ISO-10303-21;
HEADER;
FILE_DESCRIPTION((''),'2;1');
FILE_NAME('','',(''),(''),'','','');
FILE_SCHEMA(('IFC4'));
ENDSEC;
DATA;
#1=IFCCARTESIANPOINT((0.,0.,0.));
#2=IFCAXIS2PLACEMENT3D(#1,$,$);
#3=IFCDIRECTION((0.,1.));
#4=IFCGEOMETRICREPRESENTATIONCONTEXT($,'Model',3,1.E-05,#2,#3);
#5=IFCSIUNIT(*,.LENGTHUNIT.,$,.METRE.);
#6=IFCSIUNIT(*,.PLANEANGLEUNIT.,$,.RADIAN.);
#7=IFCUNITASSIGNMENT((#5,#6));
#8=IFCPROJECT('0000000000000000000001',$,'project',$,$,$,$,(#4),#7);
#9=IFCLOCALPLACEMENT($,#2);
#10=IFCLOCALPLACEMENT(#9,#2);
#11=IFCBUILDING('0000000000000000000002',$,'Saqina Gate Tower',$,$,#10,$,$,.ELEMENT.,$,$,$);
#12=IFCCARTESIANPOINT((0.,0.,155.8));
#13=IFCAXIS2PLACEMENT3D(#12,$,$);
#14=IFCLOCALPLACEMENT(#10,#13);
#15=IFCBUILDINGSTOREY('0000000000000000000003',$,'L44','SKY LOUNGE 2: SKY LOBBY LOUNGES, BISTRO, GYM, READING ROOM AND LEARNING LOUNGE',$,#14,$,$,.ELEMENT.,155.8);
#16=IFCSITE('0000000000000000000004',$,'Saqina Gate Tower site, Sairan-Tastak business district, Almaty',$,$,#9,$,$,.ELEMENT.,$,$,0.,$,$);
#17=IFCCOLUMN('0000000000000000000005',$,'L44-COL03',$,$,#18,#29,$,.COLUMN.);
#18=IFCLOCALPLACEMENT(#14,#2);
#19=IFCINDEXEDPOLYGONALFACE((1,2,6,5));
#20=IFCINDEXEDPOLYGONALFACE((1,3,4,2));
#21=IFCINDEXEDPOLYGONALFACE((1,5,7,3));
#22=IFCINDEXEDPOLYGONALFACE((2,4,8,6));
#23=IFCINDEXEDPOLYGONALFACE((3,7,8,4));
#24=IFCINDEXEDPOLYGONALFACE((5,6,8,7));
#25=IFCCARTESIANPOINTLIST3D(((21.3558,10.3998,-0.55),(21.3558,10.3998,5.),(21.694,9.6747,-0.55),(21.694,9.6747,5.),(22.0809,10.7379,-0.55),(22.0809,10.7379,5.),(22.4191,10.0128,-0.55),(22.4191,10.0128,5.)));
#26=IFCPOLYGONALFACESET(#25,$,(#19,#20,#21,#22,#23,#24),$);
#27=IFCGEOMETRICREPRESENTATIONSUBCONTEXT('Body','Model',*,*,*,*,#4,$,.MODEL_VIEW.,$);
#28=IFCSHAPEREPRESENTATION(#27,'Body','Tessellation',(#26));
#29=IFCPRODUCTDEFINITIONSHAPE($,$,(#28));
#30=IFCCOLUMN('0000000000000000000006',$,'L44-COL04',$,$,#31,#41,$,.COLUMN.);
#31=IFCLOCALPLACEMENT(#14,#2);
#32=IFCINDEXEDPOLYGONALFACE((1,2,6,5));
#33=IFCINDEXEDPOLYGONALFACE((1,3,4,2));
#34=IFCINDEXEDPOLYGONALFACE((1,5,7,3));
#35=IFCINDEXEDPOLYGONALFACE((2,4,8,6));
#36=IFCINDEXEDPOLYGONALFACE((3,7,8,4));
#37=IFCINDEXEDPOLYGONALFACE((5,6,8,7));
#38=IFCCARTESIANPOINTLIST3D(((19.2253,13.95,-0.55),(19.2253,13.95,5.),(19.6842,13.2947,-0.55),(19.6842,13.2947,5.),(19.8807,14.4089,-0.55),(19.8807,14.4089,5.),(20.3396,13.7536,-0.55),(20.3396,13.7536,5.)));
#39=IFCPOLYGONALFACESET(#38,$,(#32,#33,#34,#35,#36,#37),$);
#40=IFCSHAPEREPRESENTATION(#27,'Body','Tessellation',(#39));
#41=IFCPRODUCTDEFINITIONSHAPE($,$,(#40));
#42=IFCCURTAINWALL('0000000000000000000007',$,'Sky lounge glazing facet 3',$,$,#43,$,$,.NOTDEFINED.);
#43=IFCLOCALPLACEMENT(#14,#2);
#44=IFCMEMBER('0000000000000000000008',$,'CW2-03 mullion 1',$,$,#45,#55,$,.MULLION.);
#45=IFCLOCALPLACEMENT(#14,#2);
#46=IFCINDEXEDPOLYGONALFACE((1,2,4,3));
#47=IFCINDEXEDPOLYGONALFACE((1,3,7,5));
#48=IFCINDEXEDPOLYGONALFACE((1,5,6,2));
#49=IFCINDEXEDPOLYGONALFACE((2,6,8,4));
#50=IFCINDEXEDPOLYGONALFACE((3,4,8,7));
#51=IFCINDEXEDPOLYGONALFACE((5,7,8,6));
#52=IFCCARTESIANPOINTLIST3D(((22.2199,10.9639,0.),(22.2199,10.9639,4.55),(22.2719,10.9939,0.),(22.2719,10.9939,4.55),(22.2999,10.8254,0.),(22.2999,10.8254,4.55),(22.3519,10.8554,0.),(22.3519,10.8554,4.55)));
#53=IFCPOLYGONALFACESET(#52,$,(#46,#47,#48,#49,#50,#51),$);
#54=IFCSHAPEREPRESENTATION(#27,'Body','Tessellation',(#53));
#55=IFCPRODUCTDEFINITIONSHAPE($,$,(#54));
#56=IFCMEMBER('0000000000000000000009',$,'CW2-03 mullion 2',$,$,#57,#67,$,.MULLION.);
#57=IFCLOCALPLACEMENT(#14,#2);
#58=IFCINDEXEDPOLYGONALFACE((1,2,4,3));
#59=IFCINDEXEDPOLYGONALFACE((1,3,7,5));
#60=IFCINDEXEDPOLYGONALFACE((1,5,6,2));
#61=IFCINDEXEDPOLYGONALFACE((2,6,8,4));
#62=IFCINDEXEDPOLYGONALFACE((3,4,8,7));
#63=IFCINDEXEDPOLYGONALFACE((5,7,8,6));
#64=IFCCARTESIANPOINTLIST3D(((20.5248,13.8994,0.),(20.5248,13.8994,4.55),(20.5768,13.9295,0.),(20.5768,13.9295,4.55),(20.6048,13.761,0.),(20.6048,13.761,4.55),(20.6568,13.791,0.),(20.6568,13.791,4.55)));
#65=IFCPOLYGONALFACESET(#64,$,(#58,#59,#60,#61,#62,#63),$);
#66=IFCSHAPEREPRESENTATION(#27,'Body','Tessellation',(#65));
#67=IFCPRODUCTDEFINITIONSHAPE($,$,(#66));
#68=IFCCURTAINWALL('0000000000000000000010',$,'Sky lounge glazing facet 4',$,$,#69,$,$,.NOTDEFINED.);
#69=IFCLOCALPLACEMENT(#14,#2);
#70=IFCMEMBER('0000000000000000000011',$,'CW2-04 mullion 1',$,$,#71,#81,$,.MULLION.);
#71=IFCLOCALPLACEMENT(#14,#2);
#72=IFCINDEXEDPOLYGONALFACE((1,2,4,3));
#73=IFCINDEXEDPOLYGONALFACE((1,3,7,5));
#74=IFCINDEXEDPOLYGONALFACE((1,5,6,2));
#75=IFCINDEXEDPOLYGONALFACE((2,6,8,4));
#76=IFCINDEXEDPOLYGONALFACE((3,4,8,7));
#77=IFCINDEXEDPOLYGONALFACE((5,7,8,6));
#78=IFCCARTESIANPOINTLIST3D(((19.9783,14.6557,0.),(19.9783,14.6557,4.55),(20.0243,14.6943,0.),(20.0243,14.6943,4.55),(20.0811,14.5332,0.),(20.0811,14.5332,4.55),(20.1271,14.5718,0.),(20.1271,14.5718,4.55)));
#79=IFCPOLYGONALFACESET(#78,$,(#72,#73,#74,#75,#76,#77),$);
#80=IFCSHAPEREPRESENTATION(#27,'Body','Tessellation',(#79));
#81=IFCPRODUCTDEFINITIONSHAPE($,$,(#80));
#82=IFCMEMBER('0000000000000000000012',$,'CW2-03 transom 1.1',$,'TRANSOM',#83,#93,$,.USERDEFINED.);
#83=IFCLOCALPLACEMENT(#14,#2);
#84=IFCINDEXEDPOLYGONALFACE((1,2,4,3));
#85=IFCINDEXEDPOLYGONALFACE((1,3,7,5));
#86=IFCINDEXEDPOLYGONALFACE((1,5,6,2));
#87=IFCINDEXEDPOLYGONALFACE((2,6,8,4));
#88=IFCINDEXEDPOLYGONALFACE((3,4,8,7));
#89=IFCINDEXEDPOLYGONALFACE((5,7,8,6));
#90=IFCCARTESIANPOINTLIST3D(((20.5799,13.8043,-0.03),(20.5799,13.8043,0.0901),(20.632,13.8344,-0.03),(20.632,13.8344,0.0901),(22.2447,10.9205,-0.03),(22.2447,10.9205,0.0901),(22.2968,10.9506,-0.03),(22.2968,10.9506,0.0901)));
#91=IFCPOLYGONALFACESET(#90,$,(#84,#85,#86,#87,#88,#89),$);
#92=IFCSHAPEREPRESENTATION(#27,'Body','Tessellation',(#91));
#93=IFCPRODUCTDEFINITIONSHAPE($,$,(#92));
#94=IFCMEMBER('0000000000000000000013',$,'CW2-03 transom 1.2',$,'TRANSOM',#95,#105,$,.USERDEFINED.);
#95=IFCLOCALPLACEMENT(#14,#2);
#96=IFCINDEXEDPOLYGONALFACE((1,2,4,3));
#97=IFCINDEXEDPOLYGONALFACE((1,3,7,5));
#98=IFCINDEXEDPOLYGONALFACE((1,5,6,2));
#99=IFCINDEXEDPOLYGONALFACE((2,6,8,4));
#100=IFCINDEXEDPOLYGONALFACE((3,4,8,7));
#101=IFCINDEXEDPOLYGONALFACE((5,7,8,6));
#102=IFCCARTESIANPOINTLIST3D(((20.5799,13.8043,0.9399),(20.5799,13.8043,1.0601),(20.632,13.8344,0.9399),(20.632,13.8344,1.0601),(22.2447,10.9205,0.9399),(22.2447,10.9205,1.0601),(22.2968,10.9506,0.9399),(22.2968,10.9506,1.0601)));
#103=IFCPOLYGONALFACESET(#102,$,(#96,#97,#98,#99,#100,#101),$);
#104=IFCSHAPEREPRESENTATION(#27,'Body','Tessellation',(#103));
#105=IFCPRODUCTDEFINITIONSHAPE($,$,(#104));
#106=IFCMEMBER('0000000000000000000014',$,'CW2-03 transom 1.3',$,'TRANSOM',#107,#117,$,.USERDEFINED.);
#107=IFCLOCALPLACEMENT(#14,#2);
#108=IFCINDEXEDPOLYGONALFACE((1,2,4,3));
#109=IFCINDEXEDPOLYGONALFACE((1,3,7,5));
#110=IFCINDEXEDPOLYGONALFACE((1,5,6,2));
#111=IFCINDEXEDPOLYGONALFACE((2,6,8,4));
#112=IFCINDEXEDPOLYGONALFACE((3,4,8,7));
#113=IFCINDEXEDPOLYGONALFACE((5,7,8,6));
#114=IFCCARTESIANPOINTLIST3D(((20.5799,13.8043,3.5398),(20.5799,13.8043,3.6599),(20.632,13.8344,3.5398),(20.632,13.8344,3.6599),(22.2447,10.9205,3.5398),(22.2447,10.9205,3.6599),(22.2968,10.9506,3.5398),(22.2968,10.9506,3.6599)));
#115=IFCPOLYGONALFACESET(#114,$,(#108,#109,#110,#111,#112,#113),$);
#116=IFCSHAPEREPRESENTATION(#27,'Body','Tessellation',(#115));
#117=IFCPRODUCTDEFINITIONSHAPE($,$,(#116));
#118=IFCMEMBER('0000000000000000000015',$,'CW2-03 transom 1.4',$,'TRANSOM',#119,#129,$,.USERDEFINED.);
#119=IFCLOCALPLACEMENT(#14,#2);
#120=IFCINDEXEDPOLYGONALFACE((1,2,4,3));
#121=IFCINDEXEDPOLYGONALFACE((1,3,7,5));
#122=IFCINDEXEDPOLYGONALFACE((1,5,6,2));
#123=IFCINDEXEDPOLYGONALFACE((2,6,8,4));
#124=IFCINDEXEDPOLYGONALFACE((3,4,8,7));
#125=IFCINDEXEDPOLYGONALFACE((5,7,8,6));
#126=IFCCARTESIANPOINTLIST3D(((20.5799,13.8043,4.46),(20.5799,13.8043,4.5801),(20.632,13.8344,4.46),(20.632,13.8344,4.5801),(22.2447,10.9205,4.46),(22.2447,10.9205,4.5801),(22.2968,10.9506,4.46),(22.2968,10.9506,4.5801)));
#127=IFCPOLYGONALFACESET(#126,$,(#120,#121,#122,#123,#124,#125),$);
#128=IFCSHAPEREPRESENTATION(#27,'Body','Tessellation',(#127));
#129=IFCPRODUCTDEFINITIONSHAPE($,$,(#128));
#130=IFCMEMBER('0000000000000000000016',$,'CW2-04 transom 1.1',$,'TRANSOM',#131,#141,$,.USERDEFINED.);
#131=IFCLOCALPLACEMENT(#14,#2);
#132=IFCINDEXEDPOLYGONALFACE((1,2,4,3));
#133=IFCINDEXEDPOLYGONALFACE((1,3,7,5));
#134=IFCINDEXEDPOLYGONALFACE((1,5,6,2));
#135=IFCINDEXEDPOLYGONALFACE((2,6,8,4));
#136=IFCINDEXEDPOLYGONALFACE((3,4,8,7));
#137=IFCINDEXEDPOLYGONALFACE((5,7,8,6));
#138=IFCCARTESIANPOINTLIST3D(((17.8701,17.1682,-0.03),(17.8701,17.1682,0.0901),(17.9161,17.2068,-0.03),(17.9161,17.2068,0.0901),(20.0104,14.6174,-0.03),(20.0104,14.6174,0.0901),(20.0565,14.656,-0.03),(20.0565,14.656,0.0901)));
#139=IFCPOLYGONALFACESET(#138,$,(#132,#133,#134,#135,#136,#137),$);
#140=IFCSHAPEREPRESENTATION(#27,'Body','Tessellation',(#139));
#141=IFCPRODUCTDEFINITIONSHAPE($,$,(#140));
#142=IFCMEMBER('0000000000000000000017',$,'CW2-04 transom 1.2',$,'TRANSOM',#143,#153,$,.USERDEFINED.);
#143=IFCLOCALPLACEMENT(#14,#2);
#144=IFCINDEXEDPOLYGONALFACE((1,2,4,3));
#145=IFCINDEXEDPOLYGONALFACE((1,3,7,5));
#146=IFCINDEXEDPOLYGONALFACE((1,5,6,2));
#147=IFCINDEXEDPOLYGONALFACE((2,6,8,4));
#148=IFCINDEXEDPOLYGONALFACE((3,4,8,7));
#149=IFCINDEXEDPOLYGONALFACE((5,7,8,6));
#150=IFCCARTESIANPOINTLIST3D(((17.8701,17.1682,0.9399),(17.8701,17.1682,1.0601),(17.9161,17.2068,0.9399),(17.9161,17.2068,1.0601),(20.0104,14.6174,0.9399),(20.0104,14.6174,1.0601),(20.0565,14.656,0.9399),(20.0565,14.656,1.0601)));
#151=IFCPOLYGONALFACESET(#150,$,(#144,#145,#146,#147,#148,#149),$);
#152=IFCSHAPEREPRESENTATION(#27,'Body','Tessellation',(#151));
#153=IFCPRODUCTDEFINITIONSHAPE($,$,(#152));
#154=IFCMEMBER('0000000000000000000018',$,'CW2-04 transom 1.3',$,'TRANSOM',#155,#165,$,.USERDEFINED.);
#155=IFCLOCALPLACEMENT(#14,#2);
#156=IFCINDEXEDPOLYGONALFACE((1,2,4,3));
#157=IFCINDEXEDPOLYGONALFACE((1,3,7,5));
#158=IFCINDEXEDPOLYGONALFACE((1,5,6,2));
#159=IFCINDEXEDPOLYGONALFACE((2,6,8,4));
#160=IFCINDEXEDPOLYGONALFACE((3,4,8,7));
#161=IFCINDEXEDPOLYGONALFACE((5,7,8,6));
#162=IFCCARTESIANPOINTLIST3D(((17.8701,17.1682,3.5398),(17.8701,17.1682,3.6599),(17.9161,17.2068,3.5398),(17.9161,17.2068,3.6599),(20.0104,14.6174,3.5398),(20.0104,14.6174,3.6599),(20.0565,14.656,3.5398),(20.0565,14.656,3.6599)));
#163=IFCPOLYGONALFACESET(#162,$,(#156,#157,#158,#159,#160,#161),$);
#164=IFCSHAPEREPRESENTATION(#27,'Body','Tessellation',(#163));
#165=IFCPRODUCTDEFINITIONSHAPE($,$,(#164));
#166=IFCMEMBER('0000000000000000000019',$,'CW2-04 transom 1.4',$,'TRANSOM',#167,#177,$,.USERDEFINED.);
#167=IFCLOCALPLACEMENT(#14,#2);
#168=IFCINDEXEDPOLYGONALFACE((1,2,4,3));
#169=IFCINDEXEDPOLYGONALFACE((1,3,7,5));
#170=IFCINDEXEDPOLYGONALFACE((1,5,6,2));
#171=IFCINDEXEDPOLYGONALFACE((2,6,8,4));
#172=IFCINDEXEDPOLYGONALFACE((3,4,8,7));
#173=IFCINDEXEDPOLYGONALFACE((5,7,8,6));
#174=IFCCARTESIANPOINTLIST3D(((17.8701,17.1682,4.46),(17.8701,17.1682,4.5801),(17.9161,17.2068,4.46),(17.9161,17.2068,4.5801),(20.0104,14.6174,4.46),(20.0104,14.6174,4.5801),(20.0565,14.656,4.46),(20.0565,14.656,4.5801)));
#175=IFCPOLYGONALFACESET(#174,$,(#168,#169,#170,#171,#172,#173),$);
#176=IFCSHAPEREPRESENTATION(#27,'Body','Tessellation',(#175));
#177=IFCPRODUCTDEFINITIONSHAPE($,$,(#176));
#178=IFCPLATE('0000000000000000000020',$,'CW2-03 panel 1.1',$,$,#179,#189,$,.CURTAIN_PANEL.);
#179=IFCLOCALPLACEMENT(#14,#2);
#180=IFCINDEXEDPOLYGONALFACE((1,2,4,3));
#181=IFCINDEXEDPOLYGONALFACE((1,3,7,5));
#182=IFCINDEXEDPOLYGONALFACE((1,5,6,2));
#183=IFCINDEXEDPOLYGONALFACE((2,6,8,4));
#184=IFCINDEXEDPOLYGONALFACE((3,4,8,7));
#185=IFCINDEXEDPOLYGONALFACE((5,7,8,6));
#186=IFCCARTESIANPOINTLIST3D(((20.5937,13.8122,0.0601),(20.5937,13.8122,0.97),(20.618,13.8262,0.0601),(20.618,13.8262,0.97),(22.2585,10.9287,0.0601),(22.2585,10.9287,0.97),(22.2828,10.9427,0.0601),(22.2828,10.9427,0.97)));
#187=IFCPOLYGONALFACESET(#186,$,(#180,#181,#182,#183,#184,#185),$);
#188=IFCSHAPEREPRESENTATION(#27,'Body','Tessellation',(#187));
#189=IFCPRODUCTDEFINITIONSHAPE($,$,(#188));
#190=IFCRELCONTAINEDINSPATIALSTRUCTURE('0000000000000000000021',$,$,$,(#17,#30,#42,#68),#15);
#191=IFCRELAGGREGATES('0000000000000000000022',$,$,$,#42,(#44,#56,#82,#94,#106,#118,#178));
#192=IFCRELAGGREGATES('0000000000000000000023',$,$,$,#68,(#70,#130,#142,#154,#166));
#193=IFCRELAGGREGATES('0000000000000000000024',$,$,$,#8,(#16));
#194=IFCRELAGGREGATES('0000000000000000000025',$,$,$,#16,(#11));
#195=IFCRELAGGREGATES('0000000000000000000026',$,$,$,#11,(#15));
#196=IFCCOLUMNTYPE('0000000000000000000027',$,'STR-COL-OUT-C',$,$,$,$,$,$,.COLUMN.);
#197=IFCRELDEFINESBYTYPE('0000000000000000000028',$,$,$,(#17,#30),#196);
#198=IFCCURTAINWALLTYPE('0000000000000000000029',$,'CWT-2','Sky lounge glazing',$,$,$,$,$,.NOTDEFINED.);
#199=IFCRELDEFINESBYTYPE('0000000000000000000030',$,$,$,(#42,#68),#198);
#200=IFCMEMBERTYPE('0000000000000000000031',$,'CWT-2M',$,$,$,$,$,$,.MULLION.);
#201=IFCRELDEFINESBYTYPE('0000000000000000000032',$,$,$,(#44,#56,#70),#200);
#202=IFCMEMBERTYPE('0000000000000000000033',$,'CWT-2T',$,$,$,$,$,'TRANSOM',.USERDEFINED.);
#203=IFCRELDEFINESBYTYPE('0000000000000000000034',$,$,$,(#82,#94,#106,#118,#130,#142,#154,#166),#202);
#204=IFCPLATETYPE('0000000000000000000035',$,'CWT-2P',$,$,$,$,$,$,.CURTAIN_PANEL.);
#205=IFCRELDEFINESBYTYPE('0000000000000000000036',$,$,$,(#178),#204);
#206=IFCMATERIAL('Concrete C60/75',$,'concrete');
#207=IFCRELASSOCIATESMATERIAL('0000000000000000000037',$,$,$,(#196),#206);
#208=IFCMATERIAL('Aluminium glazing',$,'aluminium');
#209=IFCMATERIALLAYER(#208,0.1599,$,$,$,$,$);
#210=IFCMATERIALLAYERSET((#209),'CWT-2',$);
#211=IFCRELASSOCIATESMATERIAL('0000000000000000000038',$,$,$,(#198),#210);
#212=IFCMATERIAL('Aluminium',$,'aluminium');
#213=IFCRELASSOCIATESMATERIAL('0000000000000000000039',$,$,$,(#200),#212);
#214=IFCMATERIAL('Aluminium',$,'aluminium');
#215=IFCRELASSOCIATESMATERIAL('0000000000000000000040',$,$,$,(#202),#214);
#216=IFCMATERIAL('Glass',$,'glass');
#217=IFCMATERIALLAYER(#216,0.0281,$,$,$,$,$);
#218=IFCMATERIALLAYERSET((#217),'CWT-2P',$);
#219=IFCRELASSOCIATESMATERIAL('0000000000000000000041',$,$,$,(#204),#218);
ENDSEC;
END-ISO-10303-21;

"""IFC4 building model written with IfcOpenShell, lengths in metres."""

from ifc_helpers import new_model, si_unit, direction, frame, origin, origin_2d, place, context, subcontext, project, spatial, rectangle, extrude, material, layer, layer_set, material_profile, profile_set, type_object, element, aggregate, save


model = new_model("IFC4")

# Units and contexts
model_context = context("Model", 3, precision=1e-05, world=origin(), true_north=direction((0.0, 1.0)))
body_context = subcontext(model_context, "Body", "Model", "MODEL_VIEW")
ifc_project = project(units=[si_unit("LENGTHUNIT", "METRE"), si_unit("PLANEANGLEUNIT", "RADIAN")], contexts=[model_context])

# Site, building, storey
site_placement = place(None, origin())
site = spatial("IfcSite", under=ifc_project, at=site_placement, Name="Saqina Gate Tower site, Sairan-Tastak business district, Almaty", CompositionType="ELEMENT", RefElevation=0.0)
building_placement = place(site_placement, origin())
building = spatial("IfcBuilding", under=site, at=building_placement, Name="Saqina Gate Tower", CompositionType="ELEMENT")
storey_placement = place(building_placement, frame((0.0, 0.0, 155.8)))
storey = spatial("IfcBuildingStorey", under=building, at=storey_placement, Name="L44", Description="SKY LOUNGE 2: SKY LOBBY LOUNGES, BISTRO, GYM, READING ROOM AND LEARNING LOUNGE", CompositionType="ELEMENT", Elevation=155.8)

# Columns
ifc_material_1 = material(Name="Concrete C60/75", Category="concrete")
ifc_material_profile_1 = material_profile(ifc_material_1, rectangle(XDim=0.8, YDim=0.8, at=origin_2d()), Name="RC 800x800")
ifc_profile_set_1 = profile_set([ifc_material_profile_1], Name="Concrete C60/75")
column_type = type_object("IfcColumnType", Name="STR-COL-OUT-C", PredefinedType="COLUMN", material=ifc_profile_set_1)
for number, where, z_axis, x_axis, name in (
    (1, (21.8875, 10.2063, -0.55), (0.0, 0.0, 1.0), (0.906308, 0.422618, 0.0), "L44-COL03"),
    (2, (19.7825, 13.8518, -0.55), (0.0, 0.0, 1.0), (0.819152, 0.573576, 0.0), "L44-COL04"),
):
    element("IfcColumn", number, at=place(storey_placement, frame(where, z_axis=z_axis, x_axis=x_axis)), inside=storey, type_object=column_type, Name=name, PredefinedType="COLUMN", context=body_context, shape_type="SweptSolid", body=[
        extrude(rectangle(XDim=0.8, YDim=0.8, at=origin_2d()), origin(), (0.0, 0.0, 1.0), 5.55),
    ])

# Curtain wall, members
ifc_material_2 = material(Name="Aluminium glazing", Category="aluminium")
ifc_layer_1 = layer(ifc_material_2, 0.1599)
ifc_layer_set_1 = layer_set([ifc_layer_1], Name="CWT-2")
curtain_wall_type = type_object("IfcCurtainWallType", Name="CWT-2", Description="Sky lounge glazing", PredefinedType="NOTDEFINED", material=ifc_layer_set_1)
curtain_wall_1_placement = place(storey_placement, origin())
curtain_wall_1 = element("IfcCurtainWall", 3, at=curtain_wall_1_placement, inside=storey, type_object=curtain_wall_type, Name="Sky lounge glazing facet 3", PredefinedType="NOTDEFINED")
ifc_material_3 = material(Name="Aluminium", Category="aluminium")
ifc_material_profile_2 = material_profile(ifc_material_3, rectangle(XDim=0.0601, YDim=0.1599, at=origin_2d()), Name="Aluminium 60x160")
ifc_profile_set_2 = profile_set([ifc_material_profile_2], Name="Aluminium")
member_type_1 = type_object("IfcMemberType", Name="CWT-2M", PredefinedType="MULLION", material=ifc_profile_set_2)
member_1_placement = place(storey_placement, frame((22.2859, 10.9097, 0.0), z_axis=(0.0, 0.0, 1.0), x_axis=(-0.866017, -0.500014, 0.0)))
member_1 = element("IfcMember", 4, at=member_1_placement, type_object=member_type_1, Name="CW2-03 mullion 1", PredefinedType="MULLION", context=body_context, shape_type="SweptSolid", body=[
    extrude(rectangle(XDim=0.0601, YDim=0.1599, at=origin_2d()), origin(), (0.0, 0.0, 1.0), 4.55),
])
member_2_placement = place(storey_placement, frame((20.5908, 13.8452, 0.0), z_axis=(0.0, 0.0, 1.0), x_axis=(-0.866017, -0.500014, 0.0)))
member_2 = element("IfcMember", 5, at=member_2_placement, type_object=member_type_1, Name="CW2-03 mullion 2", PredefinedType="MULLION", context=body_context, shape_type="SweptSolid", body=[
    extrude(rectangle(XDim=0.0601, YDim=0.1599, at=origin_2d()), origin(), (0.0, 0.0, 1.0), 4.55),
])

# Curtain wall, member
curtain_wall_2_placement = place(storey_placement, origin())
curtain_wall_2 = element("IfcCurtainWall", 6, at=curtain_wall_2_placement, inside=storey, type_object=curtain_wall_type, Name="Sky lounge glazing facet 4", PredefinedType="NOTDEFINED")
member_3_placement = place(storey_placement, frame((20.0527, 14.6138, 0.0), z_axis=(0.0, 0.0, 1.0), x_axis=(-0.766043, -0.64279, 0.0)))
member_3 = element("IfcMember", 7, at=member_3_placement, type_object=member_type_1, Name="CW2-04 mullion 1", PredefinedType="MULLION", context=body_context, shape_type="SweptSolid", body=[
    extrude(rectangle(XDim=0.0601, YDim=0.1599, at=origin_2d()), origin(), (0.0, 0.0, 1.0), 4.55),
])

# Members
ifc_material_4 = material(Name="Aluminium", Category="aluminium")
ifc_material_profile_3 = material_profile(ifc_material_4, rectangle(XDim=0.0601, YDim=0.1201, at=origin_2d()), Name="Aluminium 60x120")
ifc_profile_set_3 = profile_set([ifc_material_profile_3], Name="Aluminium")
member_type_2 = type_object("IfcMemberType", Name="CWT-2T", ElementType="TRANSOM", PredefinedType="USERDEFINED", material=ifc_profile_set_3)
member_4_placement = place(storey_placement, frame((22.2708, 10.9355, 0.03), z_axis=(-0.499964, 0.866046, 0.0), x_axis=(-0.866046, -0.499964, 0.0)))
member_4 = element("IfcMember", 8, at=member_4_placement, type_object=member_type_2, Name="CW2-03 transom 1.1", ObjectType="TRANSOM", PredefinedType="USERDEFINED", context=body_context, shape_type="SweptSolid", body=[
    extrude(rectangle(XDim=0.0601, YDim=0.1201, at=origin_2d()), origin(), (0.0, 0.0, 1.0), 3.3298),
])
member_5_placement = place(storey_placement, frame((22.2708, 10.9355, 1.0), z_axis=(-0.499964, 0.866046, 0.0), x_axis=(-0.866046, -0.499964, 0.0)))
member_5 = element("IfcMember", 9, at=member_5_placement, type_object=member_type_2, Name="CW2-03 transom 1.2", ObjectType="TRANSOM", PredefinedType="USERDEFINED", context=body_context, shape_type="SweptSolid", body=[
    extrude(rectangle(XDim=0.0601, YDim=0.1201, at=origin_2d()), origin(), (0.0, 0.0, 1.0), 3.3298),
])
member_6_placement = place(storey_placement, frame((22.2708, 10.9355, 3.5999), z_axis=(-0.499964, 0.866046, 0.0), x_axis=(-0.866046, -0.499964, 0.0)))
member_6 = element("IfcMember", 10, at=member_6_placement, type_object=member_type_2, Name="CW2-03 transom 1.3", ObjectType="TRANSOM", PredefinedType="USERDEFINED", context=body_context, shape_type="SweptSolid", body=[
    extrude(rectangle(XDim=0.0601, YDim=0.1201, at=origin_2d()), origin(), (0.0, 0.0, 1.0), 3.3298),
])
member_7_placement = place(storey_placement, frame((22.2708, 10.9355, 4.52), z_axis=(-0.499964, 0.866046, 0.0), x_axis=(-0.866046, -0.499964, 0.0)))
member_7 = element("IfcMember", 11, at=member_7_placement, type_object=member_type_2, Name="CW2-03 transom 1.4", ObjectType="TRANSOM", PredefinedType="USERDEFINED", context=body_context, shape_type="SweptSolid", body=[
    extrude(rectangle(XDim=0.0601, YDim=0.1201, at=origin_2d()), origin(), (0.0, 0.0, 1.0), 3.3298),
])
member_8_placement = place(storey_placement, frame((20.0334, 14.6367, 0.03), z_axis=(-0.642791, 0.766041, 0.0), x_axis=(-0.766041, -0.642791, 0.0)))
member_8 = element("IfcMember", 12, at=member_8_placement, type_object=member_type_2, Name="CW2-04 transom 1.1", ObjectType="TRANSOM", PredefinedType="USERDEFINED", context=body_context, shape_type="SweptSolid", body=[
    extrude(rectangle(XDim=0.0601, YDim=0.1201, at=origin_2d()), origin(), (0.0, 0.0, 1.0), 3.3298),
])
member_9_placement = place(storey_placement, frame((20.0334, 14.6367, 1.0), z_axis=(-0.642791, 0.766041, 0.0), x_axis=(-0.766041, -0.642791, 0.0)))
member_9 = element("IfcMember", 13, at=member_9_placement, type_object=member_type_2, Name="CW2-04 transom 1.2", ObjectType="TRANSOM", PredefinedType="USERDEFINED", context=body_context, shape_type="SweptSolid", body=[
    extrude(rectangle(XDim=0.0601, YDim=0.1201, at=origin_2d()), origin(), (0.0, 0.0, 1.0), 3.3298),
])
member_10_placement = place(storey_placement, frame((20.0334, 14.6367, 3.5999), z_axis=(-0.642791, 0.766041, 0.0), x_axis=(-0.766041, -0.642791, 0.0)))
member_10 = element("IfcMember", 14, at=member_10_placement, type_object=member_type_2, Name="CW2-04 transom 1.3", ObjectType="TRANSOM", PredefinedType="USERDEFINED", context=body_context, shape_type="SweptSolid", body=[
    extrude(rectangle(XDim=0.0601, YDim=0.1201, at=origin_2d()), origin(), (0.0, 0.0, 1.0), 3.3298),
])
member_11_placement = place(storey_placement, frame((20.0334, 14.6367, 4.52), z_axis=(-0.642791, 0.766041, 0.0), x_axis=(-0.766041, -0.642791, 0.0)))
member_11 = element("IfcMember", 15, at=member_11_placement, type_object=member_type_2, Name="CW2-04 transom 1.4", ObjectType="TRANSOM", PredefinedType="USERDEFINED", context=body_context, shape_type="SweptSolid", body=[
    extrude(rectangle(XDim=0.0601, YDim=0.1201, at=origin_2d()), origin(), (0.0, 0.0, 1.0), 3.3298),
])

# Plate
ifc_material_5 = material(Name="Glass", Category="glass")
ifc_layer_2 = layer(ifc_material_5, 0.0281)
ifc_layer_set_2 = layer_set([ifc_layer_2], Name="CWT-2P")
plate_type = type_object("IfcPlateType", Name="CWT-2P", PredefinedType="CURTAIN_PANEL", material=ifc_layer_set_2)
plate_1_placement = place(storey_placement, frame((21.4382, 12.3774, 0.0601), z_axis=(0.0, 0.0, 1.0), x_axis=(-0.500014, 0.866017, 0.0)))
plate_1 = element("IfcPlate", 16, at=plate_1_placement, type_object=plate_type, Name="CW2-03 panel 1.1", PredefinedType="CURTAIN_PANEL", context=body_context, shape_type="SweptSolid", body=[
    extrude(rectangle(XDim=3.3296, YDim=0.0281, at=origin_2d()), origin(), (0.0, 0.0, 1.0), 0.9099),
])
aggregate(curtain_wall_1, [member_1, member_2, member_4, member_5, member_6, member_7, plate_1])
aggregate(curtain_wall_2, [member_3, member_8, member_9, member_10, member_11])

save(model, "model.ifc")
